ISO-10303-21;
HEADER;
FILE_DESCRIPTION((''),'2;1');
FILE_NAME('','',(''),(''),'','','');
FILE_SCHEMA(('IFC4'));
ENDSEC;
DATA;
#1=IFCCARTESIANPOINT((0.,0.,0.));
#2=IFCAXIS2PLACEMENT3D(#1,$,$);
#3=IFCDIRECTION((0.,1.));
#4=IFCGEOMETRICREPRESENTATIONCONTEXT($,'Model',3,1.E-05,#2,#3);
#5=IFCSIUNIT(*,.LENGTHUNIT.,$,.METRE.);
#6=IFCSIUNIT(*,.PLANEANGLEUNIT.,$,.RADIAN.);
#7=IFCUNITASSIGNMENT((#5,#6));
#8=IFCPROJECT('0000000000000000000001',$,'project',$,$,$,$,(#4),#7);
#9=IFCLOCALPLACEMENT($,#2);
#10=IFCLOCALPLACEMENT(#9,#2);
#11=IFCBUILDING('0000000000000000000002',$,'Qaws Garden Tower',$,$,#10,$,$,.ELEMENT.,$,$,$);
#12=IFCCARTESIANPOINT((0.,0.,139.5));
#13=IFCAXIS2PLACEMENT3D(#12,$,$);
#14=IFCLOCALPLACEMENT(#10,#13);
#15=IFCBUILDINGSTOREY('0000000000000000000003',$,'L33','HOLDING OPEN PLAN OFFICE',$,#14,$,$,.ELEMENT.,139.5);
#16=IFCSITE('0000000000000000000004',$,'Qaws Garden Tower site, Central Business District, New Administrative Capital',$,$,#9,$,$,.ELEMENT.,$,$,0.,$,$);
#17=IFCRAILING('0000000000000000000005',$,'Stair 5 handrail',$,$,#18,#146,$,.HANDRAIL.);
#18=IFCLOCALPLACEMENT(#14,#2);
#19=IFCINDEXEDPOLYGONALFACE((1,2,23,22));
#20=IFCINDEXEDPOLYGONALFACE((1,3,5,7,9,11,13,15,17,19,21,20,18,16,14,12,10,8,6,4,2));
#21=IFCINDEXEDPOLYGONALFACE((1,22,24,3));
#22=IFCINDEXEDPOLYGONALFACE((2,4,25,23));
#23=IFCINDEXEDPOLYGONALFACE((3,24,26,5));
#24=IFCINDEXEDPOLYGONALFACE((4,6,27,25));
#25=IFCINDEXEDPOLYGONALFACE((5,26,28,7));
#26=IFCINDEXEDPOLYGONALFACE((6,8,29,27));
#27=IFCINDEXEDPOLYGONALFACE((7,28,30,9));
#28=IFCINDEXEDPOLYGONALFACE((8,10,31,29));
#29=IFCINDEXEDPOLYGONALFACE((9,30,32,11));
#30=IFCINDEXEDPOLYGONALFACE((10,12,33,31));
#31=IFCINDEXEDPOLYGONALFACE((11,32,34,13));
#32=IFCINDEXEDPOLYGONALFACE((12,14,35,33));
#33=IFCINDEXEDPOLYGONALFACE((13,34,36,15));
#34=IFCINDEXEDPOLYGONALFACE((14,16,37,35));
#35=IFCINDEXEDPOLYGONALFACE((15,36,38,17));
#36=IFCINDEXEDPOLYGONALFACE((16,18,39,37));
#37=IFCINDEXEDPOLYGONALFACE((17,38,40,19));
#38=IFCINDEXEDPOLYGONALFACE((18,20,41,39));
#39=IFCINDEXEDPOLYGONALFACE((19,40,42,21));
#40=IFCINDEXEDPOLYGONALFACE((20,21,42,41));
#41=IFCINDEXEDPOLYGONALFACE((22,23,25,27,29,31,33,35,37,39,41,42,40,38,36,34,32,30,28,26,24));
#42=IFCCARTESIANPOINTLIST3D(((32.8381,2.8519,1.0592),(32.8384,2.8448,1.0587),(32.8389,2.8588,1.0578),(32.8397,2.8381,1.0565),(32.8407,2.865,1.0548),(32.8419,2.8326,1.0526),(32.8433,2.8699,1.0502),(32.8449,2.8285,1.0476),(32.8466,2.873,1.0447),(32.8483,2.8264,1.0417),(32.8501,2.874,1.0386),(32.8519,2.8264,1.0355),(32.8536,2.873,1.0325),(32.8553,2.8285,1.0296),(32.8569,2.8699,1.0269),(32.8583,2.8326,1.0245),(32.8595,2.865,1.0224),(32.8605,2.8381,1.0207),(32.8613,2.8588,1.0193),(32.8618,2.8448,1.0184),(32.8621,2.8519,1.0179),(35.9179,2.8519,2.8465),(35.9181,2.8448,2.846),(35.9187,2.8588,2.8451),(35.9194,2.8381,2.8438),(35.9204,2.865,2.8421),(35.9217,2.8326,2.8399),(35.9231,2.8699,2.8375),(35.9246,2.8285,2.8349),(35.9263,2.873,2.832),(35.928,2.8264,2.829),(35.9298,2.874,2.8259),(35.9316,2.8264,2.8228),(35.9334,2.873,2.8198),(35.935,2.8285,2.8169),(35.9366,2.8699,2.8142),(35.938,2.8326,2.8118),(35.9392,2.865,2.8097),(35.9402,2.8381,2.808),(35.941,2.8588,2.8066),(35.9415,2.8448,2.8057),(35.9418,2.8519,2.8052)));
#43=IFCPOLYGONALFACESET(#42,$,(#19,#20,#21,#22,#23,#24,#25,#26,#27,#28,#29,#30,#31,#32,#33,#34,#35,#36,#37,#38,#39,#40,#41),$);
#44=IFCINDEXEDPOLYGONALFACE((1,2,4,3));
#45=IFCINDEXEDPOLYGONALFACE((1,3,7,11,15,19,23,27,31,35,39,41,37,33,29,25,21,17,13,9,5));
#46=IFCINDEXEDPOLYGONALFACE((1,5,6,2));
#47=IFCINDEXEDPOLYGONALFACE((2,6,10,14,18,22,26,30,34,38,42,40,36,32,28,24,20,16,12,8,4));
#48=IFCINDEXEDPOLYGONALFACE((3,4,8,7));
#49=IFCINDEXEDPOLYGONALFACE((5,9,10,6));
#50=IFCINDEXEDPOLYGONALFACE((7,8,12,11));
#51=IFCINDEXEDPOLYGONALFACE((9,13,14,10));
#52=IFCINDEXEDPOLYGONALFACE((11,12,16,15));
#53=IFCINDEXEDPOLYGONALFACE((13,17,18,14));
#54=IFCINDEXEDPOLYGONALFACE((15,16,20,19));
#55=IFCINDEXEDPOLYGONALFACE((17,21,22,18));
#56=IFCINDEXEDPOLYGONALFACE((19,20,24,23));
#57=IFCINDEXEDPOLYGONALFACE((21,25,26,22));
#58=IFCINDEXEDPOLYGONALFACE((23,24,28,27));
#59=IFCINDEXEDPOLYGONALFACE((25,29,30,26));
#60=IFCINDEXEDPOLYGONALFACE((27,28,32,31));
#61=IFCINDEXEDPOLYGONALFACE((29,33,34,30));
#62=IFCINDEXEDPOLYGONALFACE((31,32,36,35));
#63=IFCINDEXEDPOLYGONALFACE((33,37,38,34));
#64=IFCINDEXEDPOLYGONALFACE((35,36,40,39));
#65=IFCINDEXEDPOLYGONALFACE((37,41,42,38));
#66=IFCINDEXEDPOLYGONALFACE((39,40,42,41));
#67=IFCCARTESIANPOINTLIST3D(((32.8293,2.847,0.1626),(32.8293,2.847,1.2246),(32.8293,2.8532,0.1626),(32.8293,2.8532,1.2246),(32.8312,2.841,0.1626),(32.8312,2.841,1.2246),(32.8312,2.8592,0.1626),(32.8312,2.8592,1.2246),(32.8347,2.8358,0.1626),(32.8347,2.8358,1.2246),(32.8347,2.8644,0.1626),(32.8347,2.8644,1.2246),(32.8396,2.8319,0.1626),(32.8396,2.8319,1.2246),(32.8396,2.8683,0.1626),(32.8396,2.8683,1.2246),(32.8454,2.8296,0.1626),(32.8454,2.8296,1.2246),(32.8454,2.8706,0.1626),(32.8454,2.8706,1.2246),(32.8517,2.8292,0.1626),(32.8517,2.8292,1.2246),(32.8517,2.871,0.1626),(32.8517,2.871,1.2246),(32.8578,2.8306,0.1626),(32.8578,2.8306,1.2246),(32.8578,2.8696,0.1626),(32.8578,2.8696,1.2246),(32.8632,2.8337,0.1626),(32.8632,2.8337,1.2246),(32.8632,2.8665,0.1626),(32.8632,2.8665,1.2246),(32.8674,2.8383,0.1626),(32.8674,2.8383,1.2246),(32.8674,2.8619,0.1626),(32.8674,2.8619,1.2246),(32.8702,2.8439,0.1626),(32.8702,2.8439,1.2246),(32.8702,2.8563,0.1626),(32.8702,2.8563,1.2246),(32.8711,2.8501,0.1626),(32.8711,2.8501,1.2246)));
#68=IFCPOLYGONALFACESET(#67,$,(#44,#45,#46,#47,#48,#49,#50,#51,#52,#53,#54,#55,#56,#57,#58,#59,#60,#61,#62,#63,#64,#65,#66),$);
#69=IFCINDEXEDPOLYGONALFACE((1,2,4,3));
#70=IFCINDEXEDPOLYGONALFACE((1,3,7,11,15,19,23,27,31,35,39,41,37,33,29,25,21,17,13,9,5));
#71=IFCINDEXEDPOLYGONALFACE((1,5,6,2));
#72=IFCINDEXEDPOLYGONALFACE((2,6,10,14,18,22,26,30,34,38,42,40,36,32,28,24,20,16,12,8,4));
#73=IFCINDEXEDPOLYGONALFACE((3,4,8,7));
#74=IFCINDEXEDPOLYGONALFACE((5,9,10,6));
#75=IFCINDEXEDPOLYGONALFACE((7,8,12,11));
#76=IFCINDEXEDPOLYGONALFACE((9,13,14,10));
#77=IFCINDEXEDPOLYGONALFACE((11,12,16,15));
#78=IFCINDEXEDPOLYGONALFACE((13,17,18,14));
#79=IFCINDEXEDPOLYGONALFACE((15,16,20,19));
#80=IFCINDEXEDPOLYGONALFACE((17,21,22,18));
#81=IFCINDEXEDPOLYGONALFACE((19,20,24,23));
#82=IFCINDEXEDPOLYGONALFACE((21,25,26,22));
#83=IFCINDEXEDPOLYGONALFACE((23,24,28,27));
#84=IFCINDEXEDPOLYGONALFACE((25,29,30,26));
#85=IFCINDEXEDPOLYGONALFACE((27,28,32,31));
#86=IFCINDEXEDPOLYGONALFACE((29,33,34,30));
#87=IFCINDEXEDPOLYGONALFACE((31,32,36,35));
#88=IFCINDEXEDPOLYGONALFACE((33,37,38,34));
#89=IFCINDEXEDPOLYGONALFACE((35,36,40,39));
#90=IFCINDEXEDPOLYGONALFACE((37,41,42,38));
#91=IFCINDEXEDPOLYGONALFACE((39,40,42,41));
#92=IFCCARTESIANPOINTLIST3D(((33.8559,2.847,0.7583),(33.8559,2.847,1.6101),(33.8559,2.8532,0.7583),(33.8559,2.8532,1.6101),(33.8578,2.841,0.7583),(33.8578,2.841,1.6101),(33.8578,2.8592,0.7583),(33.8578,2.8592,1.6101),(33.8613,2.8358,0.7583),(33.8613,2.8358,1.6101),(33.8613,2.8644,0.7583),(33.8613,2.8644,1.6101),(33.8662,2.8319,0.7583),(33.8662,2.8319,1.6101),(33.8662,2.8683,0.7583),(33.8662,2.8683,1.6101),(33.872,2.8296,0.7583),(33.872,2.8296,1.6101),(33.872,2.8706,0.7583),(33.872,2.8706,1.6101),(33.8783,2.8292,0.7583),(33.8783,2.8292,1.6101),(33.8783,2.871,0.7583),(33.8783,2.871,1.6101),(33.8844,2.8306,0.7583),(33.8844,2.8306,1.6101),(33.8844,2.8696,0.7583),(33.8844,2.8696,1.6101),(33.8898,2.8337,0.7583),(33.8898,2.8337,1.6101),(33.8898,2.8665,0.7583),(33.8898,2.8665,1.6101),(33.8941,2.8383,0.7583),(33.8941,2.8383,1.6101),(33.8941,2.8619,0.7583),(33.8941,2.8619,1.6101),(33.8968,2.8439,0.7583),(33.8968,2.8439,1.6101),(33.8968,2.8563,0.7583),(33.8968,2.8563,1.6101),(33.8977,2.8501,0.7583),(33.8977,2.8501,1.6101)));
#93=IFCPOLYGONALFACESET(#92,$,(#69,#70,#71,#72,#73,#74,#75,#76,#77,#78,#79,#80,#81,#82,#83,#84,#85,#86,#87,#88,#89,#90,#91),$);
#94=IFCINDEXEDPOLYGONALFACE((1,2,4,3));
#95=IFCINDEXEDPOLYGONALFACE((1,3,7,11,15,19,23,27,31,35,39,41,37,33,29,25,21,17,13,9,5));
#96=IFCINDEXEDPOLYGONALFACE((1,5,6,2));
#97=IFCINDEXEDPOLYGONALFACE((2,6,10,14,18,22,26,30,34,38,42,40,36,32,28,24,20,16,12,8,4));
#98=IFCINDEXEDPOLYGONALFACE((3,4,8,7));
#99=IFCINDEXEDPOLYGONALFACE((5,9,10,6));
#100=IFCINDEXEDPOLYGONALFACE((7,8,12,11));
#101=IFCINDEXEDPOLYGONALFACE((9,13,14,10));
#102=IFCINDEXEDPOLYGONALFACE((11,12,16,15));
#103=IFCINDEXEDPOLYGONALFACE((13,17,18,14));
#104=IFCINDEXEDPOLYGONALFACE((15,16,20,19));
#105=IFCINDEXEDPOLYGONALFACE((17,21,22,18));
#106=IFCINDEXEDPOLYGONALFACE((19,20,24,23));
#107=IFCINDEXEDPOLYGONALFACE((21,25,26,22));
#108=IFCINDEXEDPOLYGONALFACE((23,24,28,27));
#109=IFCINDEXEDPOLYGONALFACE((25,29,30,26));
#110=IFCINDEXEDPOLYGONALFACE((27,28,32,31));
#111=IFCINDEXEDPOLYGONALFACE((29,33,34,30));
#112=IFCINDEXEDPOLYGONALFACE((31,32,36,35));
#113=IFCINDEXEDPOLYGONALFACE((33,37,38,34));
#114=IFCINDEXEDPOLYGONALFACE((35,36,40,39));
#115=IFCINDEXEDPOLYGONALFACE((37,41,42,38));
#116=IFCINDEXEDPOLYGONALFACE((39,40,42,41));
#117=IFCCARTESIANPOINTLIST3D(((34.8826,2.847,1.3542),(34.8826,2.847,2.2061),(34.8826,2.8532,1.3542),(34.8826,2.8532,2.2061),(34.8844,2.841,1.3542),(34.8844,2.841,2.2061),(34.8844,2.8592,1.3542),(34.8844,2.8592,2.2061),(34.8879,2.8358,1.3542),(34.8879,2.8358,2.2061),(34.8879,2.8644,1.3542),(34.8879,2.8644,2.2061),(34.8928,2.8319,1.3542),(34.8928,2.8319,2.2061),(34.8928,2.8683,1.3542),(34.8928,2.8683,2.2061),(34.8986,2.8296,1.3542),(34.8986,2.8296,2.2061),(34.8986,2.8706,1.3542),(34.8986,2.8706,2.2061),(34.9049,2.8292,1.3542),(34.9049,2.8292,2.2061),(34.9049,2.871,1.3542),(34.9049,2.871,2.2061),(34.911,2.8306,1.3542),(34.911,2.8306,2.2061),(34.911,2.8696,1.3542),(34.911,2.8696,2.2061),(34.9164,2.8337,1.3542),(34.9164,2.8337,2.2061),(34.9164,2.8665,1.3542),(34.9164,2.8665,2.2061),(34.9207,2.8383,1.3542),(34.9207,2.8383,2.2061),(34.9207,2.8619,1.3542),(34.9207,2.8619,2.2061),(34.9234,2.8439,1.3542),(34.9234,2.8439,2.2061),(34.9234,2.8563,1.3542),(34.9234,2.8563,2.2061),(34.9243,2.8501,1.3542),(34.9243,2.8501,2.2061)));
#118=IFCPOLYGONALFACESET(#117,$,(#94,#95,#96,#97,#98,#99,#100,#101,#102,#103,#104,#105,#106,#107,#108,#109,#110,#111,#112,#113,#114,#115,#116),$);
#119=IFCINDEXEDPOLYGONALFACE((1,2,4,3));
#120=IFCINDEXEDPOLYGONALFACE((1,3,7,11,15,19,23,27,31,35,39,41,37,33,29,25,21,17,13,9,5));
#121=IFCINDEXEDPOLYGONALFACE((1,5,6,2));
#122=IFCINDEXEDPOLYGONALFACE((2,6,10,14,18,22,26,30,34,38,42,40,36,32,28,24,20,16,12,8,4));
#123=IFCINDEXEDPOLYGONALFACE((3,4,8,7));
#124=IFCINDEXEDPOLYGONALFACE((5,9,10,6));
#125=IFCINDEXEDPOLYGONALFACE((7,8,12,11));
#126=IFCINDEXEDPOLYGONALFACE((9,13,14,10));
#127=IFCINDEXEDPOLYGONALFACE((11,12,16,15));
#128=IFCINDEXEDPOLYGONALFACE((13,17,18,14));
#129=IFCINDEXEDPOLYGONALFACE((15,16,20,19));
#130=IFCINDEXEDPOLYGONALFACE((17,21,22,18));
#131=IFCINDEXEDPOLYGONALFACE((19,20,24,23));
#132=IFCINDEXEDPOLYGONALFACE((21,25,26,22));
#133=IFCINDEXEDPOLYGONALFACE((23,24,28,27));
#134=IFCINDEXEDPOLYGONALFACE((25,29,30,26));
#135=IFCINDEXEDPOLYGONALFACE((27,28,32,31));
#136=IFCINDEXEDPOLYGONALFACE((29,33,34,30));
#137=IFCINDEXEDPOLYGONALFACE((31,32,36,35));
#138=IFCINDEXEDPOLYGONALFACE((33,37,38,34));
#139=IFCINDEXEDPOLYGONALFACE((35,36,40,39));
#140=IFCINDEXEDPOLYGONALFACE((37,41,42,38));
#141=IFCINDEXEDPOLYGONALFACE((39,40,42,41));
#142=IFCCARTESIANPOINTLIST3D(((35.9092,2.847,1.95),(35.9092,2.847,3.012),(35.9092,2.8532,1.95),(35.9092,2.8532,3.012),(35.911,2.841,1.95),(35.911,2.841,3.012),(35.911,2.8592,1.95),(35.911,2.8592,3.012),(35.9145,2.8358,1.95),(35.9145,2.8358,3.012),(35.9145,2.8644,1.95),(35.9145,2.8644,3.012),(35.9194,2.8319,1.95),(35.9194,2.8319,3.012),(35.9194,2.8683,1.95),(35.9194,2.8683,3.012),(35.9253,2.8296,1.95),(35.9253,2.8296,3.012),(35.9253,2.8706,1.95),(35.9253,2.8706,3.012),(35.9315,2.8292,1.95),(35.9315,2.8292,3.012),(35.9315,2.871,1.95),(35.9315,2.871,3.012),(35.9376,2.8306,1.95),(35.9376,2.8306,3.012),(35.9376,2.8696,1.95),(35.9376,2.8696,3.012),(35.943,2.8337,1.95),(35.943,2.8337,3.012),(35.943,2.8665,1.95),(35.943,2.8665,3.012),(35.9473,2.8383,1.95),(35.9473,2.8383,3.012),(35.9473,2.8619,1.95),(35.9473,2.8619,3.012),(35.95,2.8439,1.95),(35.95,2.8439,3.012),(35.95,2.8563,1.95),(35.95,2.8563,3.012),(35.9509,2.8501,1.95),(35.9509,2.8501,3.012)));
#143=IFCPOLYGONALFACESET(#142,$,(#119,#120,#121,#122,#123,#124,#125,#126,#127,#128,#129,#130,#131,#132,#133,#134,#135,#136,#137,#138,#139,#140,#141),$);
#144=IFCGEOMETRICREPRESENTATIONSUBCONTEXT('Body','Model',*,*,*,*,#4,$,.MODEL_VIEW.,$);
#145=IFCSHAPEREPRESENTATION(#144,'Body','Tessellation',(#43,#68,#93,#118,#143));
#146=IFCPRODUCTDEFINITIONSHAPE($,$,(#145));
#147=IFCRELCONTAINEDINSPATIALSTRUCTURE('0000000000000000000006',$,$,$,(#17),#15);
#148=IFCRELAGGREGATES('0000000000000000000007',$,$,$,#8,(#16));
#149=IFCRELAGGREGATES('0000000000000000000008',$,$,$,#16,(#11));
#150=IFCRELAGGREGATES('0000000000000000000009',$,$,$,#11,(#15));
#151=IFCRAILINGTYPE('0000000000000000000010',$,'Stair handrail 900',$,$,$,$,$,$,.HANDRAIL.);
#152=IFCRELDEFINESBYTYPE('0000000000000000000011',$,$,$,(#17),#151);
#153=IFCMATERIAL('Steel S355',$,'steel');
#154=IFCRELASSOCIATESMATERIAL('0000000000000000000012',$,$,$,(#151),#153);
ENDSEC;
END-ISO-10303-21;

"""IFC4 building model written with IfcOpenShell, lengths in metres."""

from ifc_helpers import new_model, si_unit, direction, frame, origin, origin_2d, place, context, subcontext, project, spatial, circle, extrude, material, type_object, element, save


model = new_model("IFC4")

# Units and contexts
model_context = context("Model", 3, precision=1e-05, world=origin(), true_north=direction((0.0, 1.0)))
body_context = subcontext(model_context, "Body", "Model", "MODEL_VIEW")
ifc_project = project(units=[si_unit("LENGTHUNIT", "METRE"), si_unit("PLANEANGLEUNIT", "RADIAN")], contexts=[model_context])

# Site, building, storey
site_placement = place(None, origin())
site = spatial("IfcSite", under=ifc_project, at=site_placement, Name="Qaws Garden Tower site, Central Business District, New Administrative Capital", CompositionType="ELEMENT", RefElevation=0.0)
building_placement = place(site_placement, origin())
building = spatial("IfcBuilding", under=site, at=building_placement, Name="Qaws Garden Tower", CompositionType="ELEMENT")
storey_placement = place(building_placement, frame((0.0, 0.0, 139.5)))
storey = spatial("IfcBuildingStorey", under=building, at=storey_placement, Name="L33", Description="HOLDING OPEN PLAN OFFICE", CompositionType="ELEMENT", Elevation=139.5)

# Railing
ifc_material_1 = material(Name="Steel S355", Category="steel")
railing_type = type_object("IfcRailingType", Name="Stair handrail 900", PredefinedType="HANDRAIL", material=ifc_material_1)
railing_1_placement = place(storey_placement, frame((32.8501, 2.8501, 0.1626)))
element("IfcRailing", 1, at=railing_1_placement, inside=storey, type_object=railing_type, Name="Stair 5 handrail", PredefinedType="HANDRAIL", context=body_context, shape_type="SweptSolid", body=[
    extrude(circle(Radius=0.0239, at=origin_2d()), frame((0.0, 0.0, 0.876), z_axis=(0.864903, 0.0, 0.501939), x_axis=(0.0, 1.0, 0.0)), (0.0, 0.0, 1.0), 3.5608),
    extrude(circle(Radius=0.021, at=origin_2d()), origin(), (0.0, 0.0, 1.0), 1.062),
    extrude(circle(Radius=0.021, at=origin_2d()), frame((1.0266, 0.0, 0.5957)), (0.0, 0.0, 1.0), 0.8518),
    extrude(circle(Radius=0.021, at=origin_2d()), frame((2.0532, 0.0, 1.1917)), (0.0, 0.0, 1.0), 0.8518),
    extrude(circle(Radius=0.021, at=origin_2d()), frame((3.0798, 0.0, 1.7874)), (0.0, 0.0, 1.0), 1.062),
])

save(model, "model.ifc")
